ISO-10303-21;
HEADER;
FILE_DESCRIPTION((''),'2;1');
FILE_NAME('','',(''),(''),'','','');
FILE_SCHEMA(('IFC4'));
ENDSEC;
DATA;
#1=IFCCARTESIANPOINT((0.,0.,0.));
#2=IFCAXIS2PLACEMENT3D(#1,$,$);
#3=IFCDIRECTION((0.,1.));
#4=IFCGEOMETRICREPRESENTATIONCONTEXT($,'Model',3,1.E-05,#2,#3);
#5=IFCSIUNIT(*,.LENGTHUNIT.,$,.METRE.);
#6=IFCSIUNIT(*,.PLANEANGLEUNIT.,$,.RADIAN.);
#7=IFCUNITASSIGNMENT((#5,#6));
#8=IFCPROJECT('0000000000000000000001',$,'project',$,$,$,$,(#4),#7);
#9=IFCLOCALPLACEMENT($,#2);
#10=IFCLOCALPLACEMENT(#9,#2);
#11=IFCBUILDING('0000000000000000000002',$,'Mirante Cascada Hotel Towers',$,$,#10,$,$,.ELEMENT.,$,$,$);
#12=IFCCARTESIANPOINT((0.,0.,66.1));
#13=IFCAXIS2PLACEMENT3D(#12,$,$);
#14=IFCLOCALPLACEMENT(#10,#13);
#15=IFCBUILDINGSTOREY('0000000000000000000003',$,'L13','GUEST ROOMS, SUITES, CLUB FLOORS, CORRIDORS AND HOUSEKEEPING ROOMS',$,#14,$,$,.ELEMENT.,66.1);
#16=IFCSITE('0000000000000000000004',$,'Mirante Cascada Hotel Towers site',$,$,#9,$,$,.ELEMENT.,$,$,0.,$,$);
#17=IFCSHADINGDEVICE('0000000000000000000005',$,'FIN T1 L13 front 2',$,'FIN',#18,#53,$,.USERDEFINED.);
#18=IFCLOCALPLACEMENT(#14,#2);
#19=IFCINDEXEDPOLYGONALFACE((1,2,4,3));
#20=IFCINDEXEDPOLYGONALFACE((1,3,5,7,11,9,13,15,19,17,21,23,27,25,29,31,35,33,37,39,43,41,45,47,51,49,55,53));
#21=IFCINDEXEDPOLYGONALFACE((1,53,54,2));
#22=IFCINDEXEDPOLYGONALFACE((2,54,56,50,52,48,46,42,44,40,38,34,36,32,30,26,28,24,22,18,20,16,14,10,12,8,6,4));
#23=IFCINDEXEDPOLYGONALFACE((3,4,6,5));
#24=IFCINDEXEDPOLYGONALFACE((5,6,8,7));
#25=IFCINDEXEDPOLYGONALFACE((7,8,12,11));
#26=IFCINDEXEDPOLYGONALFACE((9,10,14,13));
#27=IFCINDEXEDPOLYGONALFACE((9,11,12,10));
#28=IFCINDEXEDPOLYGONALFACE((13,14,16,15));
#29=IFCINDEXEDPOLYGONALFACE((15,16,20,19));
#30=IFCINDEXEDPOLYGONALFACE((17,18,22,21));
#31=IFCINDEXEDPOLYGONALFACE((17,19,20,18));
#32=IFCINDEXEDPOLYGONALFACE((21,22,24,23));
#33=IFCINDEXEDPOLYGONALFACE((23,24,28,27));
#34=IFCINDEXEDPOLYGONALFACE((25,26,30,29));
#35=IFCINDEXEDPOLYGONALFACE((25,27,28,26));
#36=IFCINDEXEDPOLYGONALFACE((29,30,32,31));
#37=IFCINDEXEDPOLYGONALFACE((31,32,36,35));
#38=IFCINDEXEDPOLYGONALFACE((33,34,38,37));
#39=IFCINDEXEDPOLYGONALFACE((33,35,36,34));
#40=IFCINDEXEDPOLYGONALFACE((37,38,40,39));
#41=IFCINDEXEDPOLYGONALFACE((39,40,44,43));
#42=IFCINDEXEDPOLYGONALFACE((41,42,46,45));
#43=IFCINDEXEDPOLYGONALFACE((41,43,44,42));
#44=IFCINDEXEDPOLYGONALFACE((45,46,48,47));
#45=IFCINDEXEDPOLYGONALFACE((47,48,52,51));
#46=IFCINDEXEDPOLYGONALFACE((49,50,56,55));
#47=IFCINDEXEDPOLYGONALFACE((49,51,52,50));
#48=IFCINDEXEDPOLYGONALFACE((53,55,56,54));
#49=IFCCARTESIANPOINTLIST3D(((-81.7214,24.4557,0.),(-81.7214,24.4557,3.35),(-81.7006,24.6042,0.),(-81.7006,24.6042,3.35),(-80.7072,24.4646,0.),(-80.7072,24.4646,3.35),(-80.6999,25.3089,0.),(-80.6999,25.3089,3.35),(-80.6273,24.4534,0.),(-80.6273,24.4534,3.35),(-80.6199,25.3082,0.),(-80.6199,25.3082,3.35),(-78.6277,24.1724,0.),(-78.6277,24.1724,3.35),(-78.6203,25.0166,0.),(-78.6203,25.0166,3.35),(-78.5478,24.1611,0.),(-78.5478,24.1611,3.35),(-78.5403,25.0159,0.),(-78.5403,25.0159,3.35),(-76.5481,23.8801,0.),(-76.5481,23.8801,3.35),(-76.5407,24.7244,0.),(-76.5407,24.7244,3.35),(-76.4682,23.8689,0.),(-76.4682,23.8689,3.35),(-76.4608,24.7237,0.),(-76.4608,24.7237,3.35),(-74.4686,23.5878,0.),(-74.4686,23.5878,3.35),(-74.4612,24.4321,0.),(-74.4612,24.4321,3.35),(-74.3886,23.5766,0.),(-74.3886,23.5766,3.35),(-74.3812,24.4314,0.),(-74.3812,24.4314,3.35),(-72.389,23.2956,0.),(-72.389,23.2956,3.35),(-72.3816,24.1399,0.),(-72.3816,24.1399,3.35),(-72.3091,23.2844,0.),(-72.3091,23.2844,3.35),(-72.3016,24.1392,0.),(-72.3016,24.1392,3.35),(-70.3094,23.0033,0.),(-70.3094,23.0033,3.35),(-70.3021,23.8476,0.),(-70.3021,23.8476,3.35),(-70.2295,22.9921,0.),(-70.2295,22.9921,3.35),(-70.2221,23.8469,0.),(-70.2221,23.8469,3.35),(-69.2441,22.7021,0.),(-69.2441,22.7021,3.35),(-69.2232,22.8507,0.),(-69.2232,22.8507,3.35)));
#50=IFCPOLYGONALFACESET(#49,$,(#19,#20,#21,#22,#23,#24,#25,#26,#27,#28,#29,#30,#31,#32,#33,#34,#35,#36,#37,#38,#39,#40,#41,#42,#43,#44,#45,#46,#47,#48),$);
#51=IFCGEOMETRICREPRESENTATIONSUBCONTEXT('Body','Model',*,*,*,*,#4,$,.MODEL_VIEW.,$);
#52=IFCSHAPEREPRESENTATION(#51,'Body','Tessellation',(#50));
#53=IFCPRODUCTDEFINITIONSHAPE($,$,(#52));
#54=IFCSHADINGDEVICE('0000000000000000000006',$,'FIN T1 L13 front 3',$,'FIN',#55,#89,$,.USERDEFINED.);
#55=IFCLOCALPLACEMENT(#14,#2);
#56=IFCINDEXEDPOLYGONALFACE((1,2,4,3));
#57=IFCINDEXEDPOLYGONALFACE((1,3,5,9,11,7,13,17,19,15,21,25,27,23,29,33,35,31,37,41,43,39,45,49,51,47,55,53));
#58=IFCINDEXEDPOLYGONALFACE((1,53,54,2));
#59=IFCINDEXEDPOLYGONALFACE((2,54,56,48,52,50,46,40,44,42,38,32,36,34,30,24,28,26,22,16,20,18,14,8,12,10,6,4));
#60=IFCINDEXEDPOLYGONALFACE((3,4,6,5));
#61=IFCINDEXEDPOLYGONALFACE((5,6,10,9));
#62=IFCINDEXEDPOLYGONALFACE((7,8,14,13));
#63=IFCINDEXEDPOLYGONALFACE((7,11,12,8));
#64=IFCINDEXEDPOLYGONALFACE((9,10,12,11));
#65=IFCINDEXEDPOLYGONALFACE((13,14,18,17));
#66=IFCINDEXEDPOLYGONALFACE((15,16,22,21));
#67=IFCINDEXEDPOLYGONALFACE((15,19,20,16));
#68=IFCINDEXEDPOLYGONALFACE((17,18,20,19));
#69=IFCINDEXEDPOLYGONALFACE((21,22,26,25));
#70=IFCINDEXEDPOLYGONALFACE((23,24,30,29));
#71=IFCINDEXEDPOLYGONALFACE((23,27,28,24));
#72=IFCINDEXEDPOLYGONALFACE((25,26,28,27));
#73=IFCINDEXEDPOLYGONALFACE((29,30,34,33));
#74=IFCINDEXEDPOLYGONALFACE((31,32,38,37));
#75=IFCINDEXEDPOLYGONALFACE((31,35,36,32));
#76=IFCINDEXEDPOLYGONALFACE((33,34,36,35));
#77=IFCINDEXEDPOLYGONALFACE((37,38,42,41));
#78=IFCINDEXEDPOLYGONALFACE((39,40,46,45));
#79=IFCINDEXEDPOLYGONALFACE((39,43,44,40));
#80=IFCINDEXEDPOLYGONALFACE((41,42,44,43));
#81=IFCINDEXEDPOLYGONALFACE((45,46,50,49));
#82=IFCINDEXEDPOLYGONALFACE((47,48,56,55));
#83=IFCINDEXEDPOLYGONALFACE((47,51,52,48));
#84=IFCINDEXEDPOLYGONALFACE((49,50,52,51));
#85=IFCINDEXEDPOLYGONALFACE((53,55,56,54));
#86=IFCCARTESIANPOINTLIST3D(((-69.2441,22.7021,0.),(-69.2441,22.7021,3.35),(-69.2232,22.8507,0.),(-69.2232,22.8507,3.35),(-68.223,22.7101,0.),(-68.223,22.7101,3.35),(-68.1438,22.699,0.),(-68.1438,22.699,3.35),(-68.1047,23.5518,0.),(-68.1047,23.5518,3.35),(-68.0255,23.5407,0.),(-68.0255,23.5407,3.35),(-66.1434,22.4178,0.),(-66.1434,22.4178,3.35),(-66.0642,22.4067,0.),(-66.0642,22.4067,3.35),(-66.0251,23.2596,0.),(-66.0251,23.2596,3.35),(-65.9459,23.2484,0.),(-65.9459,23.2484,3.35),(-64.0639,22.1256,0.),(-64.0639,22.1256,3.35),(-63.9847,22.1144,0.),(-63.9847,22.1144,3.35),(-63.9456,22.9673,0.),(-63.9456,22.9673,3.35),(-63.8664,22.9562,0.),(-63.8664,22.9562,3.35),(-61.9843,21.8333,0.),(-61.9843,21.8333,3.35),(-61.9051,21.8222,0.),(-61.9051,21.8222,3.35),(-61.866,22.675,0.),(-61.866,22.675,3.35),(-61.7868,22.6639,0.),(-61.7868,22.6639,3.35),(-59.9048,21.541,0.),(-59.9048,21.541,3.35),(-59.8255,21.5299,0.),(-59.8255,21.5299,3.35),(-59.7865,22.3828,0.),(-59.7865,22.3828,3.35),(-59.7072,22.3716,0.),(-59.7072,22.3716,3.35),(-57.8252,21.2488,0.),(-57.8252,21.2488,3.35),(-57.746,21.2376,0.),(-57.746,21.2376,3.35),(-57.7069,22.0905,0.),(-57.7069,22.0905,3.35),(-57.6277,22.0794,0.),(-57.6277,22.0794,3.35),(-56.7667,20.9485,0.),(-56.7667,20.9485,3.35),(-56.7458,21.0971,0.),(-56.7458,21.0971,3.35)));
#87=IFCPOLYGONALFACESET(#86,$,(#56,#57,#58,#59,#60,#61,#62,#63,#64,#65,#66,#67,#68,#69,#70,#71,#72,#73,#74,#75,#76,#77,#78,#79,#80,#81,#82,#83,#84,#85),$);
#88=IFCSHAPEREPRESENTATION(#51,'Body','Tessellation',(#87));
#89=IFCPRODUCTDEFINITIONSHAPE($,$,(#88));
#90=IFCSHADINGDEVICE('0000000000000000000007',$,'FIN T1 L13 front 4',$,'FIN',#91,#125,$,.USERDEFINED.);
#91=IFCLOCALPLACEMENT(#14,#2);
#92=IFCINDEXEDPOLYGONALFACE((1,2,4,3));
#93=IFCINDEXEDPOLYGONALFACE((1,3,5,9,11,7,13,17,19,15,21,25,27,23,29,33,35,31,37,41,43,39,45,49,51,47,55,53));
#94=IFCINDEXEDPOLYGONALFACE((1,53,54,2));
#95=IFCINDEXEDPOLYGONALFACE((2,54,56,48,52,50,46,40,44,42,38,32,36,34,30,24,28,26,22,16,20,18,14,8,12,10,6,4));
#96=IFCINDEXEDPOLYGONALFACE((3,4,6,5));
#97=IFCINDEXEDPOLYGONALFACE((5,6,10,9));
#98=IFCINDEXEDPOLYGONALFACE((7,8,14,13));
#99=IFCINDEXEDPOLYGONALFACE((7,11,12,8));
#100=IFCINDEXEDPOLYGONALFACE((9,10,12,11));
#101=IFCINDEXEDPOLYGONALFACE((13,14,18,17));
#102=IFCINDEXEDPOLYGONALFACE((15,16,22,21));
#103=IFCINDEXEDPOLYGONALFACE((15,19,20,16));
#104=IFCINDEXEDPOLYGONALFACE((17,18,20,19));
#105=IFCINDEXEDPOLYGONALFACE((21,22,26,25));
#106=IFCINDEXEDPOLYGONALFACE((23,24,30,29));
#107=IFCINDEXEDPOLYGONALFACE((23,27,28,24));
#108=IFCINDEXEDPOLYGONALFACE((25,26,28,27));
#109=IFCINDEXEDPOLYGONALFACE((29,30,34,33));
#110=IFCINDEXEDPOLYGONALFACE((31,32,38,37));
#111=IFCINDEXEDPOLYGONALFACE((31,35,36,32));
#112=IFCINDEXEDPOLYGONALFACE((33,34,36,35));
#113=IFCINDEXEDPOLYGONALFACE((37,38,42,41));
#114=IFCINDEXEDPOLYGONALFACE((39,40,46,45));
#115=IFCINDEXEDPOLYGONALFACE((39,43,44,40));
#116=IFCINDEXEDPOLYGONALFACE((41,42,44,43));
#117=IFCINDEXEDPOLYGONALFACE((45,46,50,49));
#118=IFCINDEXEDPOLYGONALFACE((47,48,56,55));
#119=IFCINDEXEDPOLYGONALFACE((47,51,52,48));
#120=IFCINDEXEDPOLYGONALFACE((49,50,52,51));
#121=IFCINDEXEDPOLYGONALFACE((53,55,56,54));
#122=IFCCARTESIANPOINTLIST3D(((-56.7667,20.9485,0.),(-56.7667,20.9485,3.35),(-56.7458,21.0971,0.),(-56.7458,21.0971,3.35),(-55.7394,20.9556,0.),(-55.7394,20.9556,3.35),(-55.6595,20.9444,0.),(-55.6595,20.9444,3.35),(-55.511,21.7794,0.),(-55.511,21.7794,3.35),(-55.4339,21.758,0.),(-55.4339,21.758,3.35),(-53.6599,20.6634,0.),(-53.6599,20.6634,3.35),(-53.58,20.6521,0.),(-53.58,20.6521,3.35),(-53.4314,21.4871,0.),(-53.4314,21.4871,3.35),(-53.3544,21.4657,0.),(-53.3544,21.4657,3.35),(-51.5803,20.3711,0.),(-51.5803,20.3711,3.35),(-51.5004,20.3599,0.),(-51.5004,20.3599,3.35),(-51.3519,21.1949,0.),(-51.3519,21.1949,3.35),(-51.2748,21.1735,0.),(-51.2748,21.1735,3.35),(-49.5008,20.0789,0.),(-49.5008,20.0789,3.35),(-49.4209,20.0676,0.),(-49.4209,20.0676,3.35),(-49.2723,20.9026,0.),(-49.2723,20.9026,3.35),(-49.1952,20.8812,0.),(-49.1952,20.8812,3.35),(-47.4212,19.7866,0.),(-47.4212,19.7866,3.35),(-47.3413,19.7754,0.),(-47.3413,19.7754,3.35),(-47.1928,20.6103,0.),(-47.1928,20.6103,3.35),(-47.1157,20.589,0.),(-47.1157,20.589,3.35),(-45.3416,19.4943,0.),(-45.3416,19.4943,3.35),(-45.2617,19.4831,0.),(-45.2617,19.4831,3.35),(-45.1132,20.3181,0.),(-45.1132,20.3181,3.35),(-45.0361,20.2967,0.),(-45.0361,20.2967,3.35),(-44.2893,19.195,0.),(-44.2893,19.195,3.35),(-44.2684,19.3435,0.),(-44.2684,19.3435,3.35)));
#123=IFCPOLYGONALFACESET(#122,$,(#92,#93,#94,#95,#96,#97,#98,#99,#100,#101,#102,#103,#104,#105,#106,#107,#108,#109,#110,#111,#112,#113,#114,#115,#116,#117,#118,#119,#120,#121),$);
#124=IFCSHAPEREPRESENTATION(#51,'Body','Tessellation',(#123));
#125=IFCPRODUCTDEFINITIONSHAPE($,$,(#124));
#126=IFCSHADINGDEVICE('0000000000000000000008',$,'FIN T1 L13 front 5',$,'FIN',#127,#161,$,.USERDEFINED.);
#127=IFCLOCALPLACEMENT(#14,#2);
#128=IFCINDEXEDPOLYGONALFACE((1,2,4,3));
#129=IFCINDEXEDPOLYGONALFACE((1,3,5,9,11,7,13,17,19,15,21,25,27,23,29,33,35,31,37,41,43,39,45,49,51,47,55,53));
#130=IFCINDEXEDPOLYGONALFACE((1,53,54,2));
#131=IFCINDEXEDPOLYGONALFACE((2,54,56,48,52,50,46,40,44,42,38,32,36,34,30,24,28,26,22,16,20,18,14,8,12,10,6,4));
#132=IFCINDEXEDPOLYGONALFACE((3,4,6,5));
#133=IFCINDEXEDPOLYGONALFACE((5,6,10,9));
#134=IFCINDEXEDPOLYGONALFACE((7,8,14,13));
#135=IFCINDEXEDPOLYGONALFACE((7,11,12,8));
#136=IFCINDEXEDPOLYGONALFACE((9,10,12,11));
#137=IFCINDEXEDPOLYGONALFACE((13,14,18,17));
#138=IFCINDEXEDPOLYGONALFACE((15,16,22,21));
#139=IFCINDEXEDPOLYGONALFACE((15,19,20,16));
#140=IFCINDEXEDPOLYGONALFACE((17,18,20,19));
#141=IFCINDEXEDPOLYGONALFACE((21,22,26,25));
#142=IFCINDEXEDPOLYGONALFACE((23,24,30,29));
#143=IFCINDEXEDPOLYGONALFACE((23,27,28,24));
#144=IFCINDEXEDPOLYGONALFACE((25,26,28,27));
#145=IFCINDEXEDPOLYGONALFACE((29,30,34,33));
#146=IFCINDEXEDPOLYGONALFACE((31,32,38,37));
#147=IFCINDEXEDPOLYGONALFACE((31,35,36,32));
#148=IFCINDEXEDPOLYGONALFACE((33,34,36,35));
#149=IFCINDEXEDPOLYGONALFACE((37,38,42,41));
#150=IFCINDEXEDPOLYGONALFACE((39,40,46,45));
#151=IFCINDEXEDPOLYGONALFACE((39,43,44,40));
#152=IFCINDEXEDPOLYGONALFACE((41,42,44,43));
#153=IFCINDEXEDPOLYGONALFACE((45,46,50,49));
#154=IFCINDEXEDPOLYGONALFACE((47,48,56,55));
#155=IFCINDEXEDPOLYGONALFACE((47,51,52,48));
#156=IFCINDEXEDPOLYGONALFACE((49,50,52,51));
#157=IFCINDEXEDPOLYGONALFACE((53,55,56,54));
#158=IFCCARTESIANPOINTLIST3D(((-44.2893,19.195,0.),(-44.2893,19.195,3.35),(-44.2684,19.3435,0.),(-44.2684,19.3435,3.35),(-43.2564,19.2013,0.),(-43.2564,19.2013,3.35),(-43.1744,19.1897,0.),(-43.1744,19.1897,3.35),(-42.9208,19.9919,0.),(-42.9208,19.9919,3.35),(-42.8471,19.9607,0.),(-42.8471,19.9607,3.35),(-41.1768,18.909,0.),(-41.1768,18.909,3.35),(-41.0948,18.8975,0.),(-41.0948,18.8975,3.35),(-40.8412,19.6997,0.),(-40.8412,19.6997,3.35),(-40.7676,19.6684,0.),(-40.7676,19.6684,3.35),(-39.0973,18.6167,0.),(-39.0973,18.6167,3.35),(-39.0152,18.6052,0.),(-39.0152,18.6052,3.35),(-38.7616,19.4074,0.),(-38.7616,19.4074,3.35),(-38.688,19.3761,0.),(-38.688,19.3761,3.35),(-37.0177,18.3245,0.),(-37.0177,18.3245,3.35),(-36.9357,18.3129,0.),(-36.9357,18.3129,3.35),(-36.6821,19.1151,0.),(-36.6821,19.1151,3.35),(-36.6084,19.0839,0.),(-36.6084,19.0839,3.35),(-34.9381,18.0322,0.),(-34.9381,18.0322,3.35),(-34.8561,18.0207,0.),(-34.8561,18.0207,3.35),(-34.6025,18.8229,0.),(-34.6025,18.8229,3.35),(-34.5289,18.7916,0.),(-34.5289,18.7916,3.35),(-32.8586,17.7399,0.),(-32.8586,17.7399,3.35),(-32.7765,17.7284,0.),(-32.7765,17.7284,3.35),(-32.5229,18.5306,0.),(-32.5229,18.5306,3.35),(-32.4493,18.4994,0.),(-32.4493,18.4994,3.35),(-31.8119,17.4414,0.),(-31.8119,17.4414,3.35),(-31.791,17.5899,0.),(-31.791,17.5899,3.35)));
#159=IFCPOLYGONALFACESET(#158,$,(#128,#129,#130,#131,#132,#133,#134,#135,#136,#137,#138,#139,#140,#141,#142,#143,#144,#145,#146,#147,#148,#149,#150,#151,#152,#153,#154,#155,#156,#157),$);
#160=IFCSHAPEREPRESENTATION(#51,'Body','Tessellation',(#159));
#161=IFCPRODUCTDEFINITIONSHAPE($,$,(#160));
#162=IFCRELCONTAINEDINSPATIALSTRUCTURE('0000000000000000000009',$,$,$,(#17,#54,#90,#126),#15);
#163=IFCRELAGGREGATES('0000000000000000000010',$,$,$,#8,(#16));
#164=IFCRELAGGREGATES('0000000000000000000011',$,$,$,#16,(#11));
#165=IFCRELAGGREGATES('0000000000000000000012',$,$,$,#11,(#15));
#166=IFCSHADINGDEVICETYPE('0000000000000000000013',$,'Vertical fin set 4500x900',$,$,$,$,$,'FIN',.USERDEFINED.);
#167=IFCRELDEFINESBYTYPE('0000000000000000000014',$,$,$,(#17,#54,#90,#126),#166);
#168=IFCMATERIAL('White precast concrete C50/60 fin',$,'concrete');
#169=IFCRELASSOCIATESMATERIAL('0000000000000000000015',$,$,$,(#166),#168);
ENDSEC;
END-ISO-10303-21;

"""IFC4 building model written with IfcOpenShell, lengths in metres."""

from ifc_helpers import new_model, si_unit, direction, frame, origin, place, context, subcontext, project, spatial, polyline, outline, extrude, material, type_object, element, save


model = new_model("IFC4")

# Units and contexts
model_context = context("Model", 3, precision=1e-05, world=origin(), true_north=direction((0.0, 1.0)))
body_context = subcontext(model_context, "Body", "Model", "MODEL_VIEW")
ifc_project = project(units=[si_unit("LENGTHUNIT", "METRE"), si_unit("PLANEANGLEUNIT", "RADIAN")], contexts=[model_context])

# Site, building, storey
site_placement = place(None, origin())
site = spatial("IfcSite", under=ifc_project, at=site_placement, Name="Mirante Cascada Hotel Towers site", CompositionType="ELEMENT", RefElevation=0.0)
building_placement = place(site_placement, origin())
building = spatial("IfcBuilding", under=site, at=building_placement, Name="Mirante Cascada Hotel Towers", CompositionType="ELEMENT")
storey_placement = place(building_placement, frame((0.0, 0.0, 66.1)))
storey = spatial("IfcBuildingStorey", under=building, at=storey_placement, Name="L13", Description="GUEST ROOMS, SUITES, CLUB FLOORS, CORRIDORS AND HOUSEKEEPING ROOMS", CompositionType="ELEMENT", Elevation=66.1)

# Shading devices
ifc_material_1 = material(Name="White precast concrete C50/60 fin", Category="concrete")
shading_device_type = type_object("IfcShadingDeviceType", Name="Vertical fin set 4500x900", ElementType="FIN", PredefinedType="USERDEFINED", material=ifc_material_1)
shading_device_1_placement = place(storey_placement, origin())
element("IfcShadingDevice", 1, at=shading_device_1_placement, inside=storey, type_object=shading_device_type, Name="FIN T1 L13 front 2", ObjectType="FIN", PredefinedType="USERDEFINED", context=body_context, shape_type="SweptSolid", body=[
    extrude(outline(polyline([(-70.2221, 23.8469), (-70.2295, 22.9921), (-69.2232, 22.8507), (-69.2441, 22.7021), (-81.7214, 24.4557), (-81.7006, 24.6042), (-80.7072, 24.4646), (-80.6999, 25.3089), (-80.6199, 25.3082), (-80.6273, 24.4534), (-78.6277, 24.1724), (-78.6203, 25.0166), (-78.5403, 25.0159), (-78.5478, 24.1611), (-76.5481, 23.8801), (-76.5407, 24.7244), (-76.4608, 24.7237), (-76.4682, 23.8689), (-74.4686, 23.5878), (-74.4612, 24.4321), (-74.3812, 24.4314), (-74.3886, 23.5766), (-72.389, 23.2956), (-72.3816, 24.1399), (-72.3016, 24.1392), (-72.3091, 23.2844), (-70.3094, 23.0033), (-70.3021, 23.8476), (-70.2221, 23.8469)])), origin(), (0.0, 0.0, 1.0), 3.35),
])
shading_device_2_placement = place(storey_placement, origin())
element("IfcShadingDevice", 2, at=shading_device_2_placement, inside=storey, type_object=shading_device_type, Name="FIN T1 L13 front 3", ObjectType="FIN", PredefinedType="USERDEFINED", context=body_context, shape_type="SweptSolid", body=[
    extrude(outline(polyline([(-57.6277, 22.0794), (-57.746, 21.2376), (-56.7458, 21.0971), (-56.7667, 20.9485), (-69.2441, 22.7021), (-69.2232, 22.8507), (-68.223, 22.7101), (-68.1047, 23.5518), (-68.0255, 23.5407), (-68.1438, 22.699), (-66.1434, 22.4178), (-66.0251, 23.2596), (-65.9459, 23.2484), (-66.0642, 22.4067), (-64.0639, 22.1256), (-63.9456, 22.9673), (-63.8664, 22.9562), (-63.9847, 22.1144), (-61.9843, 21.8333), (-61.866, 22.675), (-61.7868, 22.6639), (-61.9051, 21.8222), (-59.9048, 21.541), (-59.7865, 22.3828), (-59.7072, 22.3716), (-59.8255, 21.5299), (-57.8252, 21.2488), (-57.7069, 22.0905), (-57.6277, 22.0794)])), origin(), (0.0, 0.0, 1.0), 3.35),
])
shading_device_3_placement = place(storey_placement, origin())
element("IfcShadingDevice", 3, at=shading_device_3_placement, inside=storey, type_object=shading_device_type, Name="FIN T1 L13 front 4", ObjectType="FIN", PredefinedType="USERDEFINED", context=body_context, shape_type="SweptSolid", body=[
    extrude(outline(polyline([(-45.0361, 20.2967), (-45.2617, 19.4831), (-44.2684, 19.3435), (-44.2893, 19.195), (-56.7667, 20.9485), (-56.7458, 21.0971), (-55.7394, 20.9556), (-55.511, 21.7794), (-55.4339, 21.758), (-55.6595, 20.9444), (-53.6599, 20.6634), (-53.4314, 21.4871), (-53.3544, 21.4657), (-53.58, 20.6521), (-51.5803, 20.3711), (-51.3519, 21.1949), (-51.2748, 21.1735), (-51.5004, 20.3599), (-49.5008, 20.0789), (-49.2723, 20.9026), (-49.1952, 20.8812), (-49.4209, 20.0676), (-47.4212, 19.7866), (-47.1928, 20.6103), (-47.1157, 20.589), (-47.3413, 19.7754), (-45.3416, 19.4943), (-45.1132, 20.3181), (-45.0361, 20.2967)])), origin(), (0.0, 0.0, 1.0), 3.35),
])
shading_device_4_placement = place(storey_placement, origin())
element("IfcShadingDevice", 4, at=shading_device_4_placement, inside=storey, type_object=shading_device_type, Name="FIN T1 L13 front 5", ObjectType="FIN", PredefinedType="USERDEFINED", context=body_context, shape_type="SweptSolid", body=[
    extrude(outline(polyline([(-32.4493, 18.4994), (-32.7765, 17.7284), (-31.791, 17.5899), (-31.8119, 17.4414), (-44.2893, 19.195), (-44.2684, 19.3435), (-43.2564, 19.2013), (-42.9208, 19.9919), (-42.8471, 19.9607), (-43.1744, 19.1897), (-41.1768, 18.909), (-40.8412, 19.6997), (-40.7676, 19.6684), (-41.0948, 18.8975), (-39.0973, 18.6167), (-38.7616, 19.4074), (-38.688, 19.3761), (-39.0152, 18.6052), (-37.0177, 18.3245), (-36.6821, 19.1151), (-36.6084, 19.0839), (-36.9357, 18.3129), (-34.9381, 18.0322), (-34.6025, 18.8229), (-34.5289, 18.7916), (-34.8561, 18.0207), (-32.8586, 17.7399), (-32.5229, 18.5306), (-32.4493, 18.4994)])), origin(), (0.0, 0.0, 1.0), 3.35),
])

save(model, "model.ifc")
